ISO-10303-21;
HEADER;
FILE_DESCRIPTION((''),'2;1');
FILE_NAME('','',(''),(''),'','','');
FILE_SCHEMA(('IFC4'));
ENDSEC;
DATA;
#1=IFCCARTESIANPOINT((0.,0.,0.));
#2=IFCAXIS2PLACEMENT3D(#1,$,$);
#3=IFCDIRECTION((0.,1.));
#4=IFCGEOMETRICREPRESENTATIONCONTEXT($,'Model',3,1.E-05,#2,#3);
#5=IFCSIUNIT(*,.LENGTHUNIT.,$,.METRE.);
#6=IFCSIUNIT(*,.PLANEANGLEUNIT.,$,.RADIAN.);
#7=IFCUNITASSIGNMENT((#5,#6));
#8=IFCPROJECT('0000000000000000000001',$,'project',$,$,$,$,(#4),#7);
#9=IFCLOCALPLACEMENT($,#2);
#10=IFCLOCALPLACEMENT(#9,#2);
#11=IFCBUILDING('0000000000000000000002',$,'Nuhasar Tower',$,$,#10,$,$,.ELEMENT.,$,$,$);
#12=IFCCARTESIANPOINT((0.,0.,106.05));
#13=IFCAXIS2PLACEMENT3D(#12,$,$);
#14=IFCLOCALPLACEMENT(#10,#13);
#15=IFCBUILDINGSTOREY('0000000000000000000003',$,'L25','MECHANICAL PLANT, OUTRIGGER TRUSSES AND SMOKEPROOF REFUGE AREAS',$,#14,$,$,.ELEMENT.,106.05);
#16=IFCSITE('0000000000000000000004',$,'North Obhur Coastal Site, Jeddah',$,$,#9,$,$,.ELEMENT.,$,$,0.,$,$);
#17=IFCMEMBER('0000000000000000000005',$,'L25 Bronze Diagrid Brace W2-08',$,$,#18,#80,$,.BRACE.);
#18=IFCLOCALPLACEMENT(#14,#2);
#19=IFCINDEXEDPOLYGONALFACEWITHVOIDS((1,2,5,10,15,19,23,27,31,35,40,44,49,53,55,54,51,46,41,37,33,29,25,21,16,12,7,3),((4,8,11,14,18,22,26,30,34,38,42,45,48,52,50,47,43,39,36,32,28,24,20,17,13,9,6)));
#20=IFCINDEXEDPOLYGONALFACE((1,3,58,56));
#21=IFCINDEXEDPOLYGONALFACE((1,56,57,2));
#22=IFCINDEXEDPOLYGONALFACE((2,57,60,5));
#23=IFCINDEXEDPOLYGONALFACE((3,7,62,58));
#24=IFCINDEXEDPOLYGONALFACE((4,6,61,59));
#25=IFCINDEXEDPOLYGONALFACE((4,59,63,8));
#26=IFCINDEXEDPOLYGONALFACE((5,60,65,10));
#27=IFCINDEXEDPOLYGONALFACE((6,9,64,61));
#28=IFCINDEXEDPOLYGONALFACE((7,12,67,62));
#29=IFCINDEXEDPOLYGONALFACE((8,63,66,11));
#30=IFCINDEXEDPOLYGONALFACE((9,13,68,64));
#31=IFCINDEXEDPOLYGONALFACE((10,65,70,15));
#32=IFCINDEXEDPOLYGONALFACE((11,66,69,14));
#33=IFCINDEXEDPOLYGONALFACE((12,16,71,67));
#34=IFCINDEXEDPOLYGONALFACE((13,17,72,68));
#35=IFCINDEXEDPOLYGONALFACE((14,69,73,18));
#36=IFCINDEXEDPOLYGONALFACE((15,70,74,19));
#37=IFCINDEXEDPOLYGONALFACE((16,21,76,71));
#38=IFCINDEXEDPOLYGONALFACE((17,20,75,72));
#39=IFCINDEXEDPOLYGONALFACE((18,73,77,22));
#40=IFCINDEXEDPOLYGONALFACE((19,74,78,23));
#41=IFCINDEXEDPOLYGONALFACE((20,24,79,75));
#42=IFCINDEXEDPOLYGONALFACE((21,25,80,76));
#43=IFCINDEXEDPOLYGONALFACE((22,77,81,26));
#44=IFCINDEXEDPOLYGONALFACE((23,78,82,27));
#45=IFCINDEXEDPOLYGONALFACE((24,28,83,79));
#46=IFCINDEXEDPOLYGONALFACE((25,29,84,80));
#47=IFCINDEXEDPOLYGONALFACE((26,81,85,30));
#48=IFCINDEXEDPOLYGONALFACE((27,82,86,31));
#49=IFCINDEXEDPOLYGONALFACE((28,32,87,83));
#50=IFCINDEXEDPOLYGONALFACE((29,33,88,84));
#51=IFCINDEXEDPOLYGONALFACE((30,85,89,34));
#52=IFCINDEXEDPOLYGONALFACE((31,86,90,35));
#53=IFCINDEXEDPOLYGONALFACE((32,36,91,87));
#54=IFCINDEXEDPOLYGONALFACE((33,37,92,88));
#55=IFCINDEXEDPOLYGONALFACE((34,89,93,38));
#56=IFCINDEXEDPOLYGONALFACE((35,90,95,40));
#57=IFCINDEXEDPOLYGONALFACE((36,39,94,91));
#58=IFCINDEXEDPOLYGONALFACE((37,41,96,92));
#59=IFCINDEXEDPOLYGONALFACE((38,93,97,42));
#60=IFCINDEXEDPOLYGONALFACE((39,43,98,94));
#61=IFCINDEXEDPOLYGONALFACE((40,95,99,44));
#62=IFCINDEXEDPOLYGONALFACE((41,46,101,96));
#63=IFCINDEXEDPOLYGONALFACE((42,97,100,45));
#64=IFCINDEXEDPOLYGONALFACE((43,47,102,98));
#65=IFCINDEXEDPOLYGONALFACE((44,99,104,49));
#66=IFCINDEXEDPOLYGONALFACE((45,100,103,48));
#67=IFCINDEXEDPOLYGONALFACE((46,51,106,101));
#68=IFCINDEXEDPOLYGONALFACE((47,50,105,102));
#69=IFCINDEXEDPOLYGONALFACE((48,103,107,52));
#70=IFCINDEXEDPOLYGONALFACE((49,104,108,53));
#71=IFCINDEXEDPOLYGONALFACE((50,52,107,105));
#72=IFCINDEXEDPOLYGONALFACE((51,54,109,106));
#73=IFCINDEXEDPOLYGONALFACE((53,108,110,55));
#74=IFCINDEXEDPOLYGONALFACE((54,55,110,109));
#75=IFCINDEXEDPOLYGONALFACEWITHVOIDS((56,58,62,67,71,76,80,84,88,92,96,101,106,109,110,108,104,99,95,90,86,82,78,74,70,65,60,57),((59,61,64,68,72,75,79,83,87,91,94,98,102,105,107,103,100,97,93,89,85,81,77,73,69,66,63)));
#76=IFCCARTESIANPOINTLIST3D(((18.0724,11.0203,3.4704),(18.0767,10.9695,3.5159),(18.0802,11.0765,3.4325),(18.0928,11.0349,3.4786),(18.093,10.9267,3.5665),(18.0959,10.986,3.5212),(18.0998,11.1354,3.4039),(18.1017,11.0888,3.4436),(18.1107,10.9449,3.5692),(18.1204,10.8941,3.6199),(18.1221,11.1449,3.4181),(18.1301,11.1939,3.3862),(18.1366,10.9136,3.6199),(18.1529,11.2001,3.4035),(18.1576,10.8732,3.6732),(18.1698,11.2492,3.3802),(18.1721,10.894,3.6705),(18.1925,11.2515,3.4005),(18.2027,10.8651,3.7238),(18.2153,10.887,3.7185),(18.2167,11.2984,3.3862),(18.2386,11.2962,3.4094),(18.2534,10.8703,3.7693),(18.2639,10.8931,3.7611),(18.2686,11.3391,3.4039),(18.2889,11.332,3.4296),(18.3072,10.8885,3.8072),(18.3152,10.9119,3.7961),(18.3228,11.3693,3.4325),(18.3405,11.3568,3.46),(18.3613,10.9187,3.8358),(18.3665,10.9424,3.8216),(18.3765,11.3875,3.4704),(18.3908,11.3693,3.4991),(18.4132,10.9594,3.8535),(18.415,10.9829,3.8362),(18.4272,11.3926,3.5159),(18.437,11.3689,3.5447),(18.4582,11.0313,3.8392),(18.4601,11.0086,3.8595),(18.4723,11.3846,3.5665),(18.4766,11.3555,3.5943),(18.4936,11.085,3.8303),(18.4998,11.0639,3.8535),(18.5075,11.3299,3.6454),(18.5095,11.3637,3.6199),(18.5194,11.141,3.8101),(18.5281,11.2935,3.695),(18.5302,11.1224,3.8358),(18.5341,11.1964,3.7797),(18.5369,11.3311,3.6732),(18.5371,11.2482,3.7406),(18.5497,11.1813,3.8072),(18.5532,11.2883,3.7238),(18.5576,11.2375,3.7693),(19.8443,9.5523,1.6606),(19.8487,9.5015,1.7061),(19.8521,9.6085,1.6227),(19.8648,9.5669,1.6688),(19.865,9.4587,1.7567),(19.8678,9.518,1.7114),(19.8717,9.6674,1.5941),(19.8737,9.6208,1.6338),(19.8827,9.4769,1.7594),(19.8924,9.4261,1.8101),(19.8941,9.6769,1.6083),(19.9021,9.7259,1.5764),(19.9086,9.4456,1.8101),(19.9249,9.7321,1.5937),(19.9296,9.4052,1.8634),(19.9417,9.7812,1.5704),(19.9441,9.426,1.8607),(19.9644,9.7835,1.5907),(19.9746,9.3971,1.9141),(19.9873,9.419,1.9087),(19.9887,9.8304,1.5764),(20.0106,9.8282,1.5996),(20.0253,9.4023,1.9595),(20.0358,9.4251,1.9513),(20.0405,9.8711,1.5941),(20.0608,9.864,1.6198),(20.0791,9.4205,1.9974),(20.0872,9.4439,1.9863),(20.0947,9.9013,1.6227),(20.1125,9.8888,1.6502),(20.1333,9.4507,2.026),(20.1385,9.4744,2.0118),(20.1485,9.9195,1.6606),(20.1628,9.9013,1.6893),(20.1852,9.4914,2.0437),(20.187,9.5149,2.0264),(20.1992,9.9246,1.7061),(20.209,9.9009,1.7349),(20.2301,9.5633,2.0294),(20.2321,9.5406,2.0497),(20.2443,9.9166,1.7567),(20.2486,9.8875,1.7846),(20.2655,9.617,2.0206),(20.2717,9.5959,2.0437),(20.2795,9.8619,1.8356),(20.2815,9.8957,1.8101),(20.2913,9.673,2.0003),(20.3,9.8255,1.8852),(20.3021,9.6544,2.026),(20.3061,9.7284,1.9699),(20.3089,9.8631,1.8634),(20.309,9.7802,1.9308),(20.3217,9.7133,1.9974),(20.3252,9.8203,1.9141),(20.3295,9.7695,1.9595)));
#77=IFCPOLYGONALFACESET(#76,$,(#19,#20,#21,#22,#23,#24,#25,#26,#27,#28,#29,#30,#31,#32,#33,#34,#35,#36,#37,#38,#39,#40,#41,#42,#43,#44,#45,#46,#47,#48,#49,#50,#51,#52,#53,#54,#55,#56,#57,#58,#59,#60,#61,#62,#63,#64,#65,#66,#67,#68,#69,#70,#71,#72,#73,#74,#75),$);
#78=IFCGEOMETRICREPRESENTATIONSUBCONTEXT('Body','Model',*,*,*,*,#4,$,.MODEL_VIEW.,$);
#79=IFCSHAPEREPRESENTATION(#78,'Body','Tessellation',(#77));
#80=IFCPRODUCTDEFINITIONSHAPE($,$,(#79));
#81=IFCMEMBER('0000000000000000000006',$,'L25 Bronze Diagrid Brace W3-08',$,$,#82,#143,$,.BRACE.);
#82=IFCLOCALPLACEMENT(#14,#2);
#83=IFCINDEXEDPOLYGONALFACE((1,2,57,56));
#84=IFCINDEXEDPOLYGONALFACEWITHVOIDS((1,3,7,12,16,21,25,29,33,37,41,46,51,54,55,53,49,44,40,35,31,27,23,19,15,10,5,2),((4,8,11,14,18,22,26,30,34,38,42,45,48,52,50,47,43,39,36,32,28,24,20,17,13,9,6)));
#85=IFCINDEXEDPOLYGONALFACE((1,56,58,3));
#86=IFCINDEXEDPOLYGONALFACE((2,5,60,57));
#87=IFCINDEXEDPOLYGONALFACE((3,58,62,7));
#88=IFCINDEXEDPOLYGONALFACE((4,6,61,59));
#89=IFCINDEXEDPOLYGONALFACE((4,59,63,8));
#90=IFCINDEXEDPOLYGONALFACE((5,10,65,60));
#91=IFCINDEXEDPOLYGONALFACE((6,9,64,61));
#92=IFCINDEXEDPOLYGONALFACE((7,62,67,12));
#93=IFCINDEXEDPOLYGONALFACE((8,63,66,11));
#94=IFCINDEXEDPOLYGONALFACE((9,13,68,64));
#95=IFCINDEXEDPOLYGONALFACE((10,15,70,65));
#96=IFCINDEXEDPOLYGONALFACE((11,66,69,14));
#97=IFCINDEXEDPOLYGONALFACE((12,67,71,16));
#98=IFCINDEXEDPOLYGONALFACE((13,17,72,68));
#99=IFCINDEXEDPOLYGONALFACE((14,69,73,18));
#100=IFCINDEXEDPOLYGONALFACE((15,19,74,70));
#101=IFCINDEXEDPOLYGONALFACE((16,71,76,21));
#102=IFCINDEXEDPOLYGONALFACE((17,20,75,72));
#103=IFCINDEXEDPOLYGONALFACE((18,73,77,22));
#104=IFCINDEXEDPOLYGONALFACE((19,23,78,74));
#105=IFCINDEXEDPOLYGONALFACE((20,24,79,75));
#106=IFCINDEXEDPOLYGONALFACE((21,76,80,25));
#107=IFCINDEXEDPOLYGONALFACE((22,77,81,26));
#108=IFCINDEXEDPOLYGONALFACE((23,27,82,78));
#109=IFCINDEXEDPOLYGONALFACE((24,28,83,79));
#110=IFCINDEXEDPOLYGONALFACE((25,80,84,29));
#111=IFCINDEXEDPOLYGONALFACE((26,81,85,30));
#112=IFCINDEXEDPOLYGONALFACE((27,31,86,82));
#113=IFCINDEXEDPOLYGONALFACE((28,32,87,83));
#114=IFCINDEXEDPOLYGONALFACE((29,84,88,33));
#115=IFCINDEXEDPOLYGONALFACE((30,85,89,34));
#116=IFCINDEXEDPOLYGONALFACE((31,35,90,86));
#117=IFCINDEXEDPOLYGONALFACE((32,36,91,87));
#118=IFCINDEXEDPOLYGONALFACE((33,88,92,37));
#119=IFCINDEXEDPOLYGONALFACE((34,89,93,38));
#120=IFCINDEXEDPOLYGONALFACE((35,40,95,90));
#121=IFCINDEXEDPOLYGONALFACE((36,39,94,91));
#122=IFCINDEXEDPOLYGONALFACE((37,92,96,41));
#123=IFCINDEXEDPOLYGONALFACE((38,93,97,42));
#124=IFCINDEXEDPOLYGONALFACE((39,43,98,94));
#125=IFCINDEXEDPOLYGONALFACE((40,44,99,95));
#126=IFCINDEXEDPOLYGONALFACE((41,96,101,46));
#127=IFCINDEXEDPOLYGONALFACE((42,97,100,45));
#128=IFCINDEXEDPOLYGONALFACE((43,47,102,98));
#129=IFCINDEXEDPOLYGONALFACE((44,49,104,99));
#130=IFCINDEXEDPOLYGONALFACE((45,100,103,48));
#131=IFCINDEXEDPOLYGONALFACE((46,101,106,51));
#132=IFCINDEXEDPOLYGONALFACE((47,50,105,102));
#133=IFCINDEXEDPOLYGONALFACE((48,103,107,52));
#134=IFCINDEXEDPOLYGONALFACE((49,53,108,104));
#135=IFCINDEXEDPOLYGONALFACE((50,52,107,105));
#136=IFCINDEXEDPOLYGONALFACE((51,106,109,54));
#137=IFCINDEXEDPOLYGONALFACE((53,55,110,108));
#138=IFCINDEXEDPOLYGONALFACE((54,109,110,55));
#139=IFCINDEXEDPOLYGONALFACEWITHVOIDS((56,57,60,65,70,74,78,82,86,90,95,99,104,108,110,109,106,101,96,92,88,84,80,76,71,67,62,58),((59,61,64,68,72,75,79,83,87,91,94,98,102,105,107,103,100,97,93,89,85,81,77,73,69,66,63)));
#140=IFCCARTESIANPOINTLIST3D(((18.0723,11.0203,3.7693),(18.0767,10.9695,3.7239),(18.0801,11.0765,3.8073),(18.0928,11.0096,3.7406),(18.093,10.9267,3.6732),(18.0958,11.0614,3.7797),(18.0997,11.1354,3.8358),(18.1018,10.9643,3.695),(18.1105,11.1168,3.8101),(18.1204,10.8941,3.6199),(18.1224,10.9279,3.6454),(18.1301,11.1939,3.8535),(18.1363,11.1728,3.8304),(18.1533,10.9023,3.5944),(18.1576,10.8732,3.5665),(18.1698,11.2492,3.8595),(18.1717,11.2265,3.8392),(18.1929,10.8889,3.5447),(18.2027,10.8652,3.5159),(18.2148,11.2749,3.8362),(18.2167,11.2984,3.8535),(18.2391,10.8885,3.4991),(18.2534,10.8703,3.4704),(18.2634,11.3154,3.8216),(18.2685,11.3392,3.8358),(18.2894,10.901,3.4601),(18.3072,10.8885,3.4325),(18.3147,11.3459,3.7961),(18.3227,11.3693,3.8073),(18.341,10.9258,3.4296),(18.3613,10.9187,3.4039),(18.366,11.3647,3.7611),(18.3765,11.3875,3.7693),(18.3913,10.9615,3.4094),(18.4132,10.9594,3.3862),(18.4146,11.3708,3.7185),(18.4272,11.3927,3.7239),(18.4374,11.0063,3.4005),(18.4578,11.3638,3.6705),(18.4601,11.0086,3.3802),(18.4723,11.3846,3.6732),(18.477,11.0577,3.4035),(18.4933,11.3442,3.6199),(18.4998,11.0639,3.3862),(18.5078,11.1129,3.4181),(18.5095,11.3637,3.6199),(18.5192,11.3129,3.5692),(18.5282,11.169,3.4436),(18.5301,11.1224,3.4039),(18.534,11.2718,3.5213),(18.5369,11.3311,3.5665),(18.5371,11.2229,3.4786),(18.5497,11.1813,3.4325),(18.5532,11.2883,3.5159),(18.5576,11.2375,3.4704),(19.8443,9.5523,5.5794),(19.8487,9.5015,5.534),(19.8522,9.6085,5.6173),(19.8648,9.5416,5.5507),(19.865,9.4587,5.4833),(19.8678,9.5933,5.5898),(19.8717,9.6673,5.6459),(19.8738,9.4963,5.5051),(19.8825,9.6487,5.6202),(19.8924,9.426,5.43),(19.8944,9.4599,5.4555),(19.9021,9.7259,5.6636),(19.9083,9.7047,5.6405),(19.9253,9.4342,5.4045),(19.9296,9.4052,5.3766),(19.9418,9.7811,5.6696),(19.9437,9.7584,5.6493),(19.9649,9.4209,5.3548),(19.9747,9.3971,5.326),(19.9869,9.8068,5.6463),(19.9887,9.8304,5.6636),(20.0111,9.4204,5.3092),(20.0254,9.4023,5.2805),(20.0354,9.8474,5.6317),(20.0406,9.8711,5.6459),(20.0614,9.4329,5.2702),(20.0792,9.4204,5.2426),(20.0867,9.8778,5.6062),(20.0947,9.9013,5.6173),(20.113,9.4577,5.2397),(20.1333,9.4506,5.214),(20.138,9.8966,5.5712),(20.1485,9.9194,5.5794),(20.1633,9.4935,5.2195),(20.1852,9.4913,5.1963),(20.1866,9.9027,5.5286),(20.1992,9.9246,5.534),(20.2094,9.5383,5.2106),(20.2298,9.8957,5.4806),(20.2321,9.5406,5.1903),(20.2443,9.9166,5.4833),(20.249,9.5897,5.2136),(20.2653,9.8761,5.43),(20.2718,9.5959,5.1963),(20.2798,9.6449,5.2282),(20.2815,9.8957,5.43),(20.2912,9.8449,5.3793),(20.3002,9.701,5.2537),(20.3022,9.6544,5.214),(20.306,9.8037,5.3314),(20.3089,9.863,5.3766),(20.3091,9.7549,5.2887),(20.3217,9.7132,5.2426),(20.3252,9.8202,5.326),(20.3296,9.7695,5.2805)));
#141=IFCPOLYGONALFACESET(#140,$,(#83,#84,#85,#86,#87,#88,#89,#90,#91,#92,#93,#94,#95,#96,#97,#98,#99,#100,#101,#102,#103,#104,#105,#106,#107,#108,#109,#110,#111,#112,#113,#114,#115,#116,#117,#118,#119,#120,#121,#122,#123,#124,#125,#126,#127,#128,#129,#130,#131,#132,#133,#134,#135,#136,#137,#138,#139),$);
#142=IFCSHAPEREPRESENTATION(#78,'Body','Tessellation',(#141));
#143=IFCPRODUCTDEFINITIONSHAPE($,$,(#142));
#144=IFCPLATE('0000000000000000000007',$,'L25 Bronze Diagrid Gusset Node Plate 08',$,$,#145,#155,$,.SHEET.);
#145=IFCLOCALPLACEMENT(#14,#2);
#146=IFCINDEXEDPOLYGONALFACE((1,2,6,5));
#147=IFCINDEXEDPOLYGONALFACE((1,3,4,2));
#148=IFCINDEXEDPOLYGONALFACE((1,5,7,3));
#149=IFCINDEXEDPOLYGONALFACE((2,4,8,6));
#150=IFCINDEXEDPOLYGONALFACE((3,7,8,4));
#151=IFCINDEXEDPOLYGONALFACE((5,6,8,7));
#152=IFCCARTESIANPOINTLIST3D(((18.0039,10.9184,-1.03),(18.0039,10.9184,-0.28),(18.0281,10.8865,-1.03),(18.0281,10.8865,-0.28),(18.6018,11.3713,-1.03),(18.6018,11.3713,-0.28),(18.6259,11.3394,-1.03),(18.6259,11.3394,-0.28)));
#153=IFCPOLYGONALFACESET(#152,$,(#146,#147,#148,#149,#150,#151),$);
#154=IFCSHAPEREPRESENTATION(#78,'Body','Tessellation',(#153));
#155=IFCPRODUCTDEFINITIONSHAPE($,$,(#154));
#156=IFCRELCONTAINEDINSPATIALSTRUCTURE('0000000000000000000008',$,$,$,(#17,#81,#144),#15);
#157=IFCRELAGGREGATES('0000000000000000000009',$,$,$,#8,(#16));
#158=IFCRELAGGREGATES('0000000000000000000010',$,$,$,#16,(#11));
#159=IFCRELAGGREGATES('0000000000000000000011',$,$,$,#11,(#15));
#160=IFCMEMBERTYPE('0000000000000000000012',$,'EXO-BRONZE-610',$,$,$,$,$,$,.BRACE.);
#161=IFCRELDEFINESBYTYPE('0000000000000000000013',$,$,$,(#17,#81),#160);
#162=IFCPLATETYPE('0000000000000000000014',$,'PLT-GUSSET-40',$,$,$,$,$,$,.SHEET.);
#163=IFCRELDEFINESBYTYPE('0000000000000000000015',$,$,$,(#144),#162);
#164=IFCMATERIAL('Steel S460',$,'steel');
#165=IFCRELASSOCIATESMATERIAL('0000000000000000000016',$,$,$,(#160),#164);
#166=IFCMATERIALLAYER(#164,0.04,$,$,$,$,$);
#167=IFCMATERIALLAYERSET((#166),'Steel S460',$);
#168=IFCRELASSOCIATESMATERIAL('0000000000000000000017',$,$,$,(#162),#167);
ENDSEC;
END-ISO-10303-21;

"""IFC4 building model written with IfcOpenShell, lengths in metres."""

from ifc_helpers import new_model, si_unit, direction, frame, origin, origin_2d, place, context, subcontext, project, spatial, rectangle, hollow_circle, extrude, material, layer, layer_set, material_profile, profile_set, type_object, element, save


model = new_model("IFC4")

# Units and contexts
model_context = context("Model", 3, precision=1e-05, world=origin(), true_north=direction((0.0, 1.0)))
body_context = subcontext(model_context, "Body", "Model", "MODEL_VIEW")
ifc_project = project(units=[si_unit("LENGTHUNIT", "METRE"), si_unit("PLANEANGLEUNIT", "RADIAN")], contexts=[model_context])

# Site, building, storey
site_placement = place(None, origin())
site = spatial("IfcSite", under=ifc_project, at=site_placement, Name="North Obhur Coastal Site, Jeddah", CompositionType="ELEMENT", RefElevation=0.0)
building_placement = place(site_placement, origin())
building = spatial("IfcBuilding", under=site, at=building_placement, Name="Nuhasar Tower", CompositionType="ELEMENT")
storey_placement = place(building_placement, frame((0.0, 0.0, 106.05)))
storey = spatial("IfcBuildingStorey", under=building, at=storey_placement, Name="L25", Description="MECHANICAL PLANT, OUTRIGGER TRUSSES AND SMOKEPROOF REFUGE AREAS", CompositionType="ELEMENT", Elevation=106.05)

# Shared definitions
ifc_material_1 = material(Name="Steel S460", Category="steel")

# Members
ifc_material_profile_1 = material_profile(ifc_material_1, hollow_circle(Radius=0.3049, WallThickness=0.0254, at=origin_2d()), Name="HSS610X25.4")
ifc_profile_set_1 = profile_set([ifc_material_profile_1], Name="Steel S460")
member_type_1 = type_object("IfcMemberType", Name="EXO-BRONZE-610", PredefinedType="BRACE", material=ifc_profile_set_1)
member_1_placement = place(storey_placement, frame((20.0869, 9.6609, 1.8101), z_axis=(-0.605281, 0.501454, 0.618207), x_axis=(-0.637969, -0.770062, 0.0)))
element("IfcMember", 1, at=member_1_placement, inside=storey, type_object=member_type_1, Name="L25 Bronze Diagrid Brace W2-08", PredefinedType="BRACE", context=body_context, shape_type="SweptSolid", body=[
    extrude(hollow_circle(Radius=0.3049, WallThickness=0.0254, at=origin_2d()), origin(), (0.0, 0.0, 1.0), 2.9275),
])
member_2_placement = place(storey_placement, frame((18.3149, 11.1289, 3.6199), z_axis=(0.605249, -0.501428, 0.618258), x_axis=(0.637969, 0.770062, 0.0)))
element("IfcMember", 2, at=member_2_placement, inside=storey, type_object=member_type_1, Name="L25 Bronze Diagrid Brace W3-08", PredefinedType="BRACE", context=body_context, shape_type="SweptSolid", body=[
    extrude(hollow_circle(Radius=0.3049, WallThickness=0.0254, at=origin_2d()), origin(), (0.0, 0.0, 1.0), 2.9277),
])

# Plate
ifc_layer_1 = layer(ifc_material_1, 0.04)
ifc_layer_set_1 = layer_set([ifc_layer_1], Name="Steel S460")
plate_type = type_object("IfcPlateType", Name="PLT-GUSSET-40", PredefinedType="SHEET", material=ifc_layer_set_1)
plate_placement = place(storey_placement, frame((18.3149, 11.1289, -1.03), z_axis=(0.0, 0.0, 1.0), x_axis=(-0.797078, -0.603876, 0.0)))
element("IfcPlate", 3, at=plate_placement, inside=storey, type_object=plate_type, Name="L25 Bronze Diagrid Gusset Node Plate 08", PredefinedType="SHEET", context=body_context, shape_type="SweptSolid", body=[
    extrude(rectangle(XDim=0.75, YDim=0.04, at=origin_2d()), origin(), (0.0, 0.0, 1.0), 0.75),
])

save(model, "model.ifc")
